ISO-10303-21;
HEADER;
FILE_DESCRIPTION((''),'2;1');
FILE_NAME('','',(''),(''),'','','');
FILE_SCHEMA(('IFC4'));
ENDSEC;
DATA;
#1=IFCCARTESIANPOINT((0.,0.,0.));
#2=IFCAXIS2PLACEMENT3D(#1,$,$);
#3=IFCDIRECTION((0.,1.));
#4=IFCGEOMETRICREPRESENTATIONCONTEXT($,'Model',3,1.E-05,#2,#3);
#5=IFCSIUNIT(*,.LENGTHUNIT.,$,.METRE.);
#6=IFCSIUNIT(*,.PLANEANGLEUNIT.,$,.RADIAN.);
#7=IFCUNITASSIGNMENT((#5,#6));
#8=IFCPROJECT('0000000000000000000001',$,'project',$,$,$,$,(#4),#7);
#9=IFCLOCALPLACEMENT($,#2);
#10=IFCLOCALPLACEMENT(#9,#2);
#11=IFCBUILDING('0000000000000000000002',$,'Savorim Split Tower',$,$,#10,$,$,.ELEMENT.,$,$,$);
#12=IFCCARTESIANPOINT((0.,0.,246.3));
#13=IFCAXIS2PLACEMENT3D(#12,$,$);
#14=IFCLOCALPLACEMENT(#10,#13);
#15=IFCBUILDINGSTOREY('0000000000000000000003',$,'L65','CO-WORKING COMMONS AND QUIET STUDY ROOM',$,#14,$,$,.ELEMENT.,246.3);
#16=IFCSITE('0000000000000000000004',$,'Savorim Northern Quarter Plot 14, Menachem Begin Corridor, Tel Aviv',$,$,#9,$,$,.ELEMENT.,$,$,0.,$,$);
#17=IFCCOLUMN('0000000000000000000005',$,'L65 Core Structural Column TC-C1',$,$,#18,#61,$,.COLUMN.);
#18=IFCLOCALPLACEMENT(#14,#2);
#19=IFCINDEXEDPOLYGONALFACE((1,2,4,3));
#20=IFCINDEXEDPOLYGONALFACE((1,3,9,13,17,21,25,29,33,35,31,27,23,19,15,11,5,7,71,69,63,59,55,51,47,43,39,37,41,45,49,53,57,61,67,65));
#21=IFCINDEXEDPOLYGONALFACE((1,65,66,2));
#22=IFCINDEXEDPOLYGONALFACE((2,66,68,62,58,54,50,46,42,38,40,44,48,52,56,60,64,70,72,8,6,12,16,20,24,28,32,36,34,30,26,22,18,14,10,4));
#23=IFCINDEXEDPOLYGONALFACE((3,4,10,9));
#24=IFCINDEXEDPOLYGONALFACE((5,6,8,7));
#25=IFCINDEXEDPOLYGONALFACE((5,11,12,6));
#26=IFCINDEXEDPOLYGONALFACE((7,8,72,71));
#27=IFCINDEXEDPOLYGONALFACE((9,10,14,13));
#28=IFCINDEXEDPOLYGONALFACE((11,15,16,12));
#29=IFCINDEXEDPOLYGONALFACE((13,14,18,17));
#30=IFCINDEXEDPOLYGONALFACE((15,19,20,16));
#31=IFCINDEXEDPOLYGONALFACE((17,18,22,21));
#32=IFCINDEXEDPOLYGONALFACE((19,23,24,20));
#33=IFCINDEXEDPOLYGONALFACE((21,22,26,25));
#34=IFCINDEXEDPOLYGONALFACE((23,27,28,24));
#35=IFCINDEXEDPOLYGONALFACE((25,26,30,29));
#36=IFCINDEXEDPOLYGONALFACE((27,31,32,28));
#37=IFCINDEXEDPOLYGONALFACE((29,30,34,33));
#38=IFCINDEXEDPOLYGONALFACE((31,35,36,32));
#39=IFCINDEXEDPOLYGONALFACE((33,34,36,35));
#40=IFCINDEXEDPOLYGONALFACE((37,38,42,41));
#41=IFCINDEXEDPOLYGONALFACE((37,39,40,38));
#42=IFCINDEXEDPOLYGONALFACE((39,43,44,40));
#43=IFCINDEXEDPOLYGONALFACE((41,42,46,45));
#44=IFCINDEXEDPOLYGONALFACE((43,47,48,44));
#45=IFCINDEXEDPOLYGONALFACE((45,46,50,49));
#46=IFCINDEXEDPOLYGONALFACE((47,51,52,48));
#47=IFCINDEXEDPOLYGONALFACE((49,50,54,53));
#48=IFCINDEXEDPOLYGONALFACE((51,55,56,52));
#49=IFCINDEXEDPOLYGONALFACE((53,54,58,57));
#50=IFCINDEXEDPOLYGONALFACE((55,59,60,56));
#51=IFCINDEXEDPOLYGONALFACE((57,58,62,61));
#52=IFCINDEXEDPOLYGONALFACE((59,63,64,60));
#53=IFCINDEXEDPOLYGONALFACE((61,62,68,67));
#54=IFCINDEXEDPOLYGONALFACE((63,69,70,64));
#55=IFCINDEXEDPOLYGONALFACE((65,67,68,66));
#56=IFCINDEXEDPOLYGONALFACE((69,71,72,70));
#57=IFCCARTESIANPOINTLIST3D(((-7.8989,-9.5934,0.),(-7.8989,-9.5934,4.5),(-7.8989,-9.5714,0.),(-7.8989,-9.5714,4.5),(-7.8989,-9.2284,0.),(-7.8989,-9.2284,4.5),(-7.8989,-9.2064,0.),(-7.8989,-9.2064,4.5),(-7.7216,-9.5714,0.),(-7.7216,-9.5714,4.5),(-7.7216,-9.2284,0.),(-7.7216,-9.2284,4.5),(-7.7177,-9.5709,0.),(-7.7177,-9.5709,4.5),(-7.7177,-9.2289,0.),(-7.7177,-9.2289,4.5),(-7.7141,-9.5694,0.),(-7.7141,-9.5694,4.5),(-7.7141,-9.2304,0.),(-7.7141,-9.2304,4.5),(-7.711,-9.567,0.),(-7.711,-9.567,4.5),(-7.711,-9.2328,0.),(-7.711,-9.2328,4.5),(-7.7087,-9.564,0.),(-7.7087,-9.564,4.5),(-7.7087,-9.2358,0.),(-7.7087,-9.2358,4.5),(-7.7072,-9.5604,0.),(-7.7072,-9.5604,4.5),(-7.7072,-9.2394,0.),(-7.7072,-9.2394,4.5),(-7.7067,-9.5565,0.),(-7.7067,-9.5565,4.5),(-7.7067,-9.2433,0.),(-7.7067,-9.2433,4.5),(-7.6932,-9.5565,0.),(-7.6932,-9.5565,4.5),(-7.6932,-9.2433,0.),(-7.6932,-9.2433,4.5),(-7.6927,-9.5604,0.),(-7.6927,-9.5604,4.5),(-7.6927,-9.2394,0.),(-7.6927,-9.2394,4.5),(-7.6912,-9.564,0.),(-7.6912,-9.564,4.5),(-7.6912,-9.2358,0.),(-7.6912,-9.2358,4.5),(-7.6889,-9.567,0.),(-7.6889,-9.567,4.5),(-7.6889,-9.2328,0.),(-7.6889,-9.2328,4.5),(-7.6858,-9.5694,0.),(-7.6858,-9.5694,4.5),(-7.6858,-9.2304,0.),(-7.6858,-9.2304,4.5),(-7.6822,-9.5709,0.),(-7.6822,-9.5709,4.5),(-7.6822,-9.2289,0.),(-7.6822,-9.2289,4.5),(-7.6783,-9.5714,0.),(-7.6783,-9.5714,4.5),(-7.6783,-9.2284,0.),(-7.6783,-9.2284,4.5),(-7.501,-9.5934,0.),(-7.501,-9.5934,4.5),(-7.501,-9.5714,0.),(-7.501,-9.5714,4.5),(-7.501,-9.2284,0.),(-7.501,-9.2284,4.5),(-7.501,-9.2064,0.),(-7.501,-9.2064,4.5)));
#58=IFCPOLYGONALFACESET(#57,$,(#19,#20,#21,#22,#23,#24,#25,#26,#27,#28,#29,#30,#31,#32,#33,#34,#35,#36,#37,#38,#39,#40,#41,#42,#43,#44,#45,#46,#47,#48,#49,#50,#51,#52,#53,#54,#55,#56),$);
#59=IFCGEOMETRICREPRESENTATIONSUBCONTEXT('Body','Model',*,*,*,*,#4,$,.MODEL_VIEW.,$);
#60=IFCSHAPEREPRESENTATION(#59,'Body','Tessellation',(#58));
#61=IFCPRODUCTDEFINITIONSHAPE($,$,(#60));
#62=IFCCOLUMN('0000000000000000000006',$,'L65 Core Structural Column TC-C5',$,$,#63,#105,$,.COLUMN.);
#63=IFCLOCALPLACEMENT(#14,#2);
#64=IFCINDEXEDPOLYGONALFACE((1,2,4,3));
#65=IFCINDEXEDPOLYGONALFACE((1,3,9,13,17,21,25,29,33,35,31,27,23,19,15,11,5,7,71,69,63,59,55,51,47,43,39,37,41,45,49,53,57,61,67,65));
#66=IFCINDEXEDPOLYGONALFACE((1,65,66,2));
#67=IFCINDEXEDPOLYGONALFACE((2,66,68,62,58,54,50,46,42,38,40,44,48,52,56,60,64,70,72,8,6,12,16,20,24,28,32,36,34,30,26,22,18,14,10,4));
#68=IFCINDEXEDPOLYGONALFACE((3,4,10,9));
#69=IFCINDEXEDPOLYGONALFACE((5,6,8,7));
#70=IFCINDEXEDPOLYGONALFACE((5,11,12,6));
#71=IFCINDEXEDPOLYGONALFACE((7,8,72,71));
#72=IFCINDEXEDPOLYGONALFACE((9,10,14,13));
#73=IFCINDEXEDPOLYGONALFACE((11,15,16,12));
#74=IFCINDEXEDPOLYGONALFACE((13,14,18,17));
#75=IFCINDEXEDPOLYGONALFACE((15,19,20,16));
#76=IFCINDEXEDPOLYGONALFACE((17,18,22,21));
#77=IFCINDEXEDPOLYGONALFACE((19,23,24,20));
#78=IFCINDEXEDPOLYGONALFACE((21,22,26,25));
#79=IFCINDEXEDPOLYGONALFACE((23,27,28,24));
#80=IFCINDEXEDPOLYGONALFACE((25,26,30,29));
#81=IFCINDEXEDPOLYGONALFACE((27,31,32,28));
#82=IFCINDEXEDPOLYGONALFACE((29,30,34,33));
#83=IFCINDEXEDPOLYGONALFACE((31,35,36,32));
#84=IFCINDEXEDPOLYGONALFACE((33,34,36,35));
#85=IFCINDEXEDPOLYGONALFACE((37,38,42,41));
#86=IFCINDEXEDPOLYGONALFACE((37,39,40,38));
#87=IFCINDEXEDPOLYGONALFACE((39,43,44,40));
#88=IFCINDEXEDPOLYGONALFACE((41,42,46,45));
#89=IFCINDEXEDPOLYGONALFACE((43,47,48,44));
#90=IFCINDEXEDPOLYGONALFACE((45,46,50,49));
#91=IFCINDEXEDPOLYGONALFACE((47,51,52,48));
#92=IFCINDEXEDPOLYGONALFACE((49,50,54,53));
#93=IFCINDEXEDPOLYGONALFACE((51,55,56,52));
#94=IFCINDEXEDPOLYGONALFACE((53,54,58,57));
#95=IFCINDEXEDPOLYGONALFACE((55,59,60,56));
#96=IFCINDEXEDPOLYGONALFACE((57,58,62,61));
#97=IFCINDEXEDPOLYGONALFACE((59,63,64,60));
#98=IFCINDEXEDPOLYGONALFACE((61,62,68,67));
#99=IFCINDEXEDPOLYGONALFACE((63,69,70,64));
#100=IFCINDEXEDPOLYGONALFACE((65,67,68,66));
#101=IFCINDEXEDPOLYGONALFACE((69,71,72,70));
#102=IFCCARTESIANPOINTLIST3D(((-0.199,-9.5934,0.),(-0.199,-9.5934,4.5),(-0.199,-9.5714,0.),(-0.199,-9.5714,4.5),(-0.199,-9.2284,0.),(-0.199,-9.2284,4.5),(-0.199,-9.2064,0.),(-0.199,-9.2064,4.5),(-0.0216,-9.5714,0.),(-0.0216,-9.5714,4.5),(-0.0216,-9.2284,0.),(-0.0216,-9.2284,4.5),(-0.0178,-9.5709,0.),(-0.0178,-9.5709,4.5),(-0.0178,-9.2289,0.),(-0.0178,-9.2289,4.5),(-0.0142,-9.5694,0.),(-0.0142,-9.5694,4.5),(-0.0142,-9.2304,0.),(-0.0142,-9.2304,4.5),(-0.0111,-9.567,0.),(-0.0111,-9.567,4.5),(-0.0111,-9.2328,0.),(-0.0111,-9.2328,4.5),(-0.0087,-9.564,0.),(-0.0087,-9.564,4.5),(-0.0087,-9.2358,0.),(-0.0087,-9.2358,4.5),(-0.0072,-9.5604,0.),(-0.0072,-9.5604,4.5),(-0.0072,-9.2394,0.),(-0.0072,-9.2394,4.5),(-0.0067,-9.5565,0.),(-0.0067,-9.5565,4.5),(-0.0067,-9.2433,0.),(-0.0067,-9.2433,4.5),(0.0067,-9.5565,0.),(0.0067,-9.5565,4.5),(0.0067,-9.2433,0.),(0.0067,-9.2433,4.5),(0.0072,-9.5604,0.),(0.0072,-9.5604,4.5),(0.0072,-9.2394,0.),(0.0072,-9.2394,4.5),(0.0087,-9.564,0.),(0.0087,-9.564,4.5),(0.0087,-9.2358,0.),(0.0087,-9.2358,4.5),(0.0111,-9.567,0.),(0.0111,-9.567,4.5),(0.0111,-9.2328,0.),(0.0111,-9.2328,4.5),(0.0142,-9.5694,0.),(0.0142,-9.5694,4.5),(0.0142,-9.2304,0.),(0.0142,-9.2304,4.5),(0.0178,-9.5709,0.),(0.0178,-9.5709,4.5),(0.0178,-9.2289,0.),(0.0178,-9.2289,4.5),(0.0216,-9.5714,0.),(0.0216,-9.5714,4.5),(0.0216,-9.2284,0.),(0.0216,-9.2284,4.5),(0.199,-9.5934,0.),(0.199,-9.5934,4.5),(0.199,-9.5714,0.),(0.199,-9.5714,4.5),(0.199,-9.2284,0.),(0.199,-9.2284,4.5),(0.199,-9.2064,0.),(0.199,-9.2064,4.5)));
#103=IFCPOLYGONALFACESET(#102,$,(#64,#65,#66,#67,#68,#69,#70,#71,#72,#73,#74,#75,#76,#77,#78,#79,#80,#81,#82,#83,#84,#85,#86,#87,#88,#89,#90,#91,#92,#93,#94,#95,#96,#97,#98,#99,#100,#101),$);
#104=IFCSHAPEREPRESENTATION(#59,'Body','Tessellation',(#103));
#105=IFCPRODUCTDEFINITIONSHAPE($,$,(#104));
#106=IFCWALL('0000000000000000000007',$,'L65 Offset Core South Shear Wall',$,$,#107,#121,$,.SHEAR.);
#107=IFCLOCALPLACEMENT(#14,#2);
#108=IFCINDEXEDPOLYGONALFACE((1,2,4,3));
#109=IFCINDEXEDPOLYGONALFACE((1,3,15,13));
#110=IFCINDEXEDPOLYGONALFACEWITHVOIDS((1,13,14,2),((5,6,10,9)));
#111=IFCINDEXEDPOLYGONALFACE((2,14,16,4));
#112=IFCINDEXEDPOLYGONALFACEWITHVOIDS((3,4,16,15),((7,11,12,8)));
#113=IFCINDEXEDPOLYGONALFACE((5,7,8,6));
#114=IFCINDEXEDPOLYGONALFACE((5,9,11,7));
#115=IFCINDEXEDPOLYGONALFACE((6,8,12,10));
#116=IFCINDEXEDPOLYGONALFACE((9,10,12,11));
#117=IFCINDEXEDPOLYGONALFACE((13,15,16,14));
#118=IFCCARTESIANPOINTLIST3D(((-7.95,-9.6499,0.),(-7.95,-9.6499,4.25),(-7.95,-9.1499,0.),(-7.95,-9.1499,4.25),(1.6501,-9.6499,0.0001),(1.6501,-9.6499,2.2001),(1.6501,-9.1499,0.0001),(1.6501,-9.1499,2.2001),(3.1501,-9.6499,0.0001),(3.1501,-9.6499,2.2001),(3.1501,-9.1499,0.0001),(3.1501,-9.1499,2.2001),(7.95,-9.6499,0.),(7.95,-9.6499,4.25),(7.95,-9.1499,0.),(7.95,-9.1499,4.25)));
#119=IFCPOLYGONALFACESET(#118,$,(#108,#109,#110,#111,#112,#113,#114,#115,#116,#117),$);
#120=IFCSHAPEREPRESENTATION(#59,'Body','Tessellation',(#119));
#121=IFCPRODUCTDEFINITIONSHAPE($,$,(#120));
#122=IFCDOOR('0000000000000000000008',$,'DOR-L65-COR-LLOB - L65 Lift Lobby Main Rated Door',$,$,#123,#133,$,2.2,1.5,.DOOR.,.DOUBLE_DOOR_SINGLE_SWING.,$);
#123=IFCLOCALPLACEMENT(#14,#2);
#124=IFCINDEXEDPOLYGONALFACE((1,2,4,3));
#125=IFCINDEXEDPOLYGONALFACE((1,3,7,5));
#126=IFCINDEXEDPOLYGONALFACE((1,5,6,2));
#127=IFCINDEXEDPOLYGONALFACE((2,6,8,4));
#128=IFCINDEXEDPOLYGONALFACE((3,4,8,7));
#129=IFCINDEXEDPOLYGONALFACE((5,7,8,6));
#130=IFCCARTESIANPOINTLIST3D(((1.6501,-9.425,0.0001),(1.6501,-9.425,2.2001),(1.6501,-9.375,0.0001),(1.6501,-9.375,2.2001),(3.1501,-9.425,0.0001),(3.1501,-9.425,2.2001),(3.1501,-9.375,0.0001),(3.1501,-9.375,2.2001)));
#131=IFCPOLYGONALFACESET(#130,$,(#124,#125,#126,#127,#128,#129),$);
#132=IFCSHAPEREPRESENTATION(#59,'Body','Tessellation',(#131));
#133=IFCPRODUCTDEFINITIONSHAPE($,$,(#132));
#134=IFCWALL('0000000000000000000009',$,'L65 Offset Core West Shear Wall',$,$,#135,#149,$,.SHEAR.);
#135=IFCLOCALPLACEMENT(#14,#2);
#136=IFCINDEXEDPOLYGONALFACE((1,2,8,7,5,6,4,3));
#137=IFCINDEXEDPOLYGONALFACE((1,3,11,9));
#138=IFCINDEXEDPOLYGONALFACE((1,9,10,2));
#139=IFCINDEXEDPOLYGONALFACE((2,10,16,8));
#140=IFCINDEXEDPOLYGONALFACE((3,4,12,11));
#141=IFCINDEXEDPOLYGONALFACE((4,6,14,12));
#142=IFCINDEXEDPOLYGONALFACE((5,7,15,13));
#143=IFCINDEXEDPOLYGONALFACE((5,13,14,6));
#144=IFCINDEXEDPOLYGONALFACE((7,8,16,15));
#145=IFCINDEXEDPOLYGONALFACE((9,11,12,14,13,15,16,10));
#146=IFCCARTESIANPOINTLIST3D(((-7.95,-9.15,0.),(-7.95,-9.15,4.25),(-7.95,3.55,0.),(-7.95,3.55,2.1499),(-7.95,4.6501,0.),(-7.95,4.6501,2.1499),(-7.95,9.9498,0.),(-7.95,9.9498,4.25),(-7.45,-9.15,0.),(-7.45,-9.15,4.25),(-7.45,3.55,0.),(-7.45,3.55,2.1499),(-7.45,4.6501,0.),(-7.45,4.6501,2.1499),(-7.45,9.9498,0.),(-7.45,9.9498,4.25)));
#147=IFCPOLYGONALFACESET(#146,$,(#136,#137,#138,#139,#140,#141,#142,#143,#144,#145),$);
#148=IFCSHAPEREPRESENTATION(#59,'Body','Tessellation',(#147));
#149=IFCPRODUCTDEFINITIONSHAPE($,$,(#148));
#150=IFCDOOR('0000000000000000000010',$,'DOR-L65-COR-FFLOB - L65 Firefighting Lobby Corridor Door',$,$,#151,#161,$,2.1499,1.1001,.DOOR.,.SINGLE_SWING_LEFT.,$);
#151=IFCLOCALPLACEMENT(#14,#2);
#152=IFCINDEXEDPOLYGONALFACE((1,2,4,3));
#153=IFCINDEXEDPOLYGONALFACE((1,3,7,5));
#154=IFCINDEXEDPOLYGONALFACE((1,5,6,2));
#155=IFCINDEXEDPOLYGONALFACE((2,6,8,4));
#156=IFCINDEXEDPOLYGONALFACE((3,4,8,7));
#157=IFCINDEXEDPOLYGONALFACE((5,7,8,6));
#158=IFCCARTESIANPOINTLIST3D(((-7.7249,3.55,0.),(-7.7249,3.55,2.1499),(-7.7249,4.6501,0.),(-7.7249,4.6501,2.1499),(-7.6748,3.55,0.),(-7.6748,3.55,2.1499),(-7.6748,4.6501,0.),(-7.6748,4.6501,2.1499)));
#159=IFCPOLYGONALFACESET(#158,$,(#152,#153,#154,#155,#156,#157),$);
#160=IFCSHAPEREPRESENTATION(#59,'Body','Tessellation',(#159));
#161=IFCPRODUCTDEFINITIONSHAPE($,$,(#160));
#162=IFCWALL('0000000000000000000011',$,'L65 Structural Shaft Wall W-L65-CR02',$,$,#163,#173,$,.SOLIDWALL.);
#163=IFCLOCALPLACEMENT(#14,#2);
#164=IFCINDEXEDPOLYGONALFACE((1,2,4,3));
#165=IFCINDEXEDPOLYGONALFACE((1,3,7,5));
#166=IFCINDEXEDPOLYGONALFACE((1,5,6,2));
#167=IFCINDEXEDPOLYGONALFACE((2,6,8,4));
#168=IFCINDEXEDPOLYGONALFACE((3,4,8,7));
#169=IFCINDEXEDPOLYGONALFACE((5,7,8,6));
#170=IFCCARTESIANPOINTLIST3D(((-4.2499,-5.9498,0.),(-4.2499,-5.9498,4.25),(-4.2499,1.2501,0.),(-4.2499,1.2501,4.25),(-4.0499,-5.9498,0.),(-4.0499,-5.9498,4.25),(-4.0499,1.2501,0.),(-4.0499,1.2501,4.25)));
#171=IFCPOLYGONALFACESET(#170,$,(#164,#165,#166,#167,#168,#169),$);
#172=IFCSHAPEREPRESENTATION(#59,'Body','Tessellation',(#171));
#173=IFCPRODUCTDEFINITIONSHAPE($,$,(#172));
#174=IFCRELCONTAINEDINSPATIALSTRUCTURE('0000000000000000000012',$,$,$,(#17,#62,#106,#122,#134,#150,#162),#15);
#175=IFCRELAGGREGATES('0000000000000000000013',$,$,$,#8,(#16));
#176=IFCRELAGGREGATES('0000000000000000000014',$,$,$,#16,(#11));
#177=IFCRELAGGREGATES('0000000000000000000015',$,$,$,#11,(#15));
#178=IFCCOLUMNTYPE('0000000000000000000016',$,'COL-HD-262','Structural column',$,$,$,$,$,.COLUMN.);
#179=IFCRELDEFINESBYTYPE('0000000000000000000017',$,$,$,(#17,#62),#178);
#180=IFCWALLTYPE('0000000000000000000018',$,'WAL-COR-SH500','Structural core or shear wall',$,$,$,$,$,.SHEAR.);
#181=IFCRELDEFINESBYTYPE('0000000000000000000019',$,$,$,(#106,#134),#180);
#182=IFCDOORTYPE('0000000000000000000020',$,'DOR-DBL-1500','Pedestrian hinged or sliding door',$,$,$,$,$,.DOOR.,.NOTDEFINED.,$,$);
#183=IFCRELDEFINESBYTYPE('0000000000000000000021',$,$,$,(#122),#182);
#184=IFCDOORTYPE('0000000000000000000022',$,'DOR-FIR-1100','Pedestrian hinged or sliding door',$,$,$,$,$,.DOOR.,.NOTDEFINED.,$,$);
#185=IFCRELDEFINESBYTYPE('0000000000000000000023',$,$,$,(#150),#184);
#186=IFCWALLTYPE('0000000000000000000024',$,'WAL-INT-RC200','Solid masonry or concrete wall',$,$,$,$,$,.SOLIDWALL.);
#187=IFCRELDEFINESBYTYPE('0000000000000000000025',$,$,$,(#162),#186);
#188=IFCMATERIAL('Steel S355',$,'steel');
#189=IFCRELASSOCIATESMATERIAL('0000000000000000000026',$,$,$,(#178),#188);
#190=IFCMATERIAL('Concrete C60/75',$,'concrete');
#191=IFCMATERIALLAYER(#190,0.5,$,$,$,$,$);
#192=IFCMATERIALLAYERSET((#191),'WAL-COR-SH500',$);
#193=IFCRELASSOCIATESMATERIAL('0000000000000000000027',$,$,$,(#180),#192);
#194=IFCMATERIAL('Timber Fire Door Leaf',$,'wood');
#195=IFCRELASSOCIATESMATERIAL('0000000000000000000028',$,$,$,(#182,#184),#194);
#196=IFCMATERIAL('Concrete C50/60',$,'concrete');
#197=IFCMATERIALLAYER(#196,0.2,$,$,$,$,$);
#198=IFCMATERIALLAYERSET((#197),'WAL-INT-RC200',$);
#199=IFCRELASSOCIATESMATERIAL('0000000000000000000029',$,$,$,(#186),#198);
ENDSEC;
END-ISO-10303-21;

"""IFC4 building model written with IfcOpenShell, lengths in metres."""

from ifc_helpers import new_model, si_unit, direction, frame, frame_2d, origin, origin_2d, place, context, subcontext, project, spatial, rectangle, i_section, extrude, material, layer, layer_set, material_profile, profile_set, type_object, element, fill, save


model = new_model("IFC4")

# Units and contexts
model_context = context("Model", 3, precision=1e-05, world=origin(), true_north=direction((0.0, 1.0)))
body_context = subcontext(model_context, "Body", "Model", "MODEL_VIEW")
ifc_project = project(units=[si_unit("LENGTHUNIT", "METRE"), si_unit("PLANEANGLEUNIT", "RADIAN")], contexts=[model_context])

# Site, building, storey
site_placement = place(None, origin())
site = spatial("IfcSite", under=ifc_project, at=site_placement, Name="Savorim Northern Quarter Plot 14, Menachem Begin Corridor, Tel Aviv", CompositionType="ELEMENT", RefElevation=0.0)
building_placement = place(site_placement, origin())
building = spatial("IfcBuilding", under=site, at=building_placement, Name="Savorim Split Tower", CompositionType="ELEMENT")
storey_placement = place(building_placement, frame((0.0, 0.0, 246.3)))
storey = spatial("IfcBuildingStorey", under=building, at=storey_placement, Name="L65", Description="CO-WORKING COMMONS AND QUIET STUDY ROOM", CompositionType="ELEMENT", Elevation=246.3)

# Columns
ifc_material_1 = material(Name="Steel S355", Category="steel")
ifc_material_profile = material_profile(ifc_material_1, i_section(OverallWidth=0.3979, OverallDepth=0.387, WebThickness=0.0134, FlangeThickness=0.022, FilletRadius=0.0149, at=origin_2d()), Name="HD 400x262")
ifc_profile_set = profile_set([ifc_material_profile], Name="Steel S355")
column_type = type_object("IfcColumnType", Name="COL-HD-262", Description="Structural column", PredefinedType="COLUMN", material=ifc_profile_set)
for number, where, z_axis, x_axis, name in (
    (1, (-7.7, -9.3999, 0.0), (0.0, 0.0, 1.0), (1.0, 0.0, 0.0), "L65 Core Structural Column TC-C1"),
    (2, (0.0, -9.3999, 0.0), (0.0, 0.0, 1.0), (1.0, 0.0, 0.0), "L65 Core Structural Column TC-C5"),
):
    element("IfcColumn", number, at=place(storey_placement, frame(where, z_axis=z_axis, x_axis=x_axis)), inside=storey, type_object=column_type, Name=name, PredefinedType="COLUMN", context=body_context, shape_type="SweptSolid", body=[
        extrude(i_section(OverallWidth=0.3979, OverallDepth=0.387, WebThickness=0.0134, FlangeThickness=0.022, FilletRadius=0.0149, at=origin_2d()), origin(), (0.0, 0.0, 1.0), 4.5),
    ])

# Walls, openings, doors
ifc_material_2 = material(Name="Concrete C60/75", Category="concrete")
ifc_layer_1 = layer(ifc_material_2, 0.5)
ifc_layer_set_1 = layer_set([ifc_layer_1], Name="WAL-COR-SH500")
wall_type_1 = type_object("IfcWallType", Name="WAL-COR-SH500", Description="Structural core or shear wall", PredefinedType="SHEAR", material=ifc_layer_set_1)
wall_1_placement = place(storey_placement, frame((-7.95, -9.3999, 0.0), z_axis=(0.0, 0.0, 1.0), x_axis=(1.0, 0.0, 0.0)))
wall_1 = element("IfcWall", 3, at=wall_1_placement, inside=storey, type_object=wall_type_1, Name="L65 Offset Core South Shear Wall", PredefinedType="SHEAR", context=body_context, shape_type="SweptSolid", body=[
    extrude(rectangle(XDim=15.8999, YDim=0.5, at=frame_2d((7.95, 0.0))), origin(), (0.0, 0.0, 1.0), 4.25),
])
opening_1_placement = place(wall_1_placement, frame((9.6001, 0.0, 0.0)))
opening_1 = element("IfcOpeningElement", 4, at=opening_1_placement, cuts=wall_1, PredefinedType="OPENING", context=body_context, shape_type="SweptSolid", body=[
    extrude(rectangle(XDim=1.5, YDim=2.2, at=frame_2d((0.75, 1.1001))), frame((0.0, 0.26, 0.0), z_axis=(0.0, -1.0, 0.0), x_axis=(1.0, 0.0, 0.0)), (0.0, 0.0, 1.0), 0.52),
])
ifc_material_3 = material(Name="Timber Fire Door Leaf", Category="wood")
door_type_1 = type_object("IfcDoorType", Name="DOR-DBL-1500", Description="Pedestrian hinged or sliding door", OperationType="NOTDEFINED", PredefinedType="DOOR", material=ifc_material_3)
door_1_placement = place(opening_1_placement, origin())
door_1 = element("IfcDoor", 5, at=door_1_placement, inside=storey, type_object=door_type_1, Name="DOR-L65-COR-LLOB - L65 Lift Lobby Main Rated Door", OperationType="DOUBLE_DOOR_SINGLE_SWING", OverallHeight=2.2, OverallWidth=1.5, PredefinedType="DOOR", context=body_context, shape_type="SweptSolid", body=[
    extrude(rectangle(XDim=1.5, YDim=2.2, at=frame_2d((0.75, 1.1001))), frame((0.0, 0.0249, 0.0), z_axis=(0.0, -1.0, 0.0), x_axis=(1.0, 0.0, 0.0)), (0.0, 0.0, 1.0), 0.05),
])
fill(opening_1, door_1)
wall_2_placement = place(storey_placement, frame((-7.7, -9.1499, 0.0), z_axis=(0.0, 0.0, 1.0), x_axis=(0.0, 1.0, 0.0)))
wall_2 = element("IfcWall", 6, at=wall_2_placement, inside=storey, type_object=wall_type_1, Name="L65 Offset Core West Shear Wall", PredefinedType="SHEAR", context=body_context, shape_type="SweptSolid", body=[
    extrude(rectangle(XDim=19.0999, YDim=0.5, at=frame_2d((9.5498, 0.0))), origin(), (0.0, 0.0, 1.0), 4.25),
])
opening_2_placement = place(wall_2_placement, frame((12.7, 0.0, 0.0)))
opening_2 = element("IfcOpeningElement", 7, at=opening_2_placement, cuts=wall_2, PredefinedType="OPENING", context=body_context, shape_type="SweptSolid", body=[
    extrude(rectangle(XDim=1.1001, YDim=2.1499, at=frame_2d((0.55, 1.075))), frame((0.0, 0.26, 0.0), z_axis=(0.0, -1.0, 0.0), x_axis=(1.0, 0.0, 0.0)), (0.0, 0.0, 1.0), 0.52),
])
door_type_2 = type_object("IfcDoorType", Name="DOR-FIR-1100", Description="Pedestrian hinged or sliding door", OperationType="NOTDEFINED", PredefinedType="DOOR", material=ifc_material_3)
door_2_placement = place(opening_2_placement, origin())
door_2 = element("IfcDoor", 8, at=door_2_placement, inside=storey, type_object=door_type_2, Name="DOR-L65-COR-FFLOB - L65 Firefighting Lobby Corridor Door", OperationType="SINGLE_SWING_LEFT", OverallHeight=2.1499, OverallWidth=1.1001, PredefinedType="DOOR", context=body_context, shape_type="SweptSolid", body=[
    extrude(rectangle(XDim=1.1001, YDim=2.1499, at=frame_2d((0.55, 1.075))), frame((0.0, 0.0249, 0.0), z_axis=(0.0, -1.0, 0.0), x_axis=(1.0, 0.0, 0.0)), (0.0, 0.0, 1.0), 0.05),
])
fill(opening_2, door_2)

# Wall
ifc_material_4 = material(Name="Concrete C50/60", Category="concrete")
ifc_layer_2 = layer(ifc_material_4, 0.2)
ifc_layer_set_2 = layer_set([ifc_layer_2], Name="WAL-INT-RC200")
wall_type_2 = type_object("IfcWallType", Name="WAL-INT-RC200", Description="Solid masonry or concrete wall", PredefinedType="SOLIDWALL", material=ifc_layer_set_2)
wall_3_placement = place(storey_placement, frame((-4.1499, -5.95, 0.0), z_axis=(0.0, 0.0, 1.0), x_axis=(0.0, 1.0, 0.0)))
element("IfcWall", 9, at=wall_3_placement, inside=storey, type_object=wall_type_2, Name="L65 Structural Shaft Wall W-L65-CR02", PredefinedType="SOLIDWALL", context=body_context, shape_type="SweptSolid", body=[
    extrude(rectangle(XDim=7.2, YDim=0.2, at=frame_2d((3.6001, 0.0))), origin(), (0.0, 0.0, 1.0), 4.25),
])

save(model, "model.ifc")
